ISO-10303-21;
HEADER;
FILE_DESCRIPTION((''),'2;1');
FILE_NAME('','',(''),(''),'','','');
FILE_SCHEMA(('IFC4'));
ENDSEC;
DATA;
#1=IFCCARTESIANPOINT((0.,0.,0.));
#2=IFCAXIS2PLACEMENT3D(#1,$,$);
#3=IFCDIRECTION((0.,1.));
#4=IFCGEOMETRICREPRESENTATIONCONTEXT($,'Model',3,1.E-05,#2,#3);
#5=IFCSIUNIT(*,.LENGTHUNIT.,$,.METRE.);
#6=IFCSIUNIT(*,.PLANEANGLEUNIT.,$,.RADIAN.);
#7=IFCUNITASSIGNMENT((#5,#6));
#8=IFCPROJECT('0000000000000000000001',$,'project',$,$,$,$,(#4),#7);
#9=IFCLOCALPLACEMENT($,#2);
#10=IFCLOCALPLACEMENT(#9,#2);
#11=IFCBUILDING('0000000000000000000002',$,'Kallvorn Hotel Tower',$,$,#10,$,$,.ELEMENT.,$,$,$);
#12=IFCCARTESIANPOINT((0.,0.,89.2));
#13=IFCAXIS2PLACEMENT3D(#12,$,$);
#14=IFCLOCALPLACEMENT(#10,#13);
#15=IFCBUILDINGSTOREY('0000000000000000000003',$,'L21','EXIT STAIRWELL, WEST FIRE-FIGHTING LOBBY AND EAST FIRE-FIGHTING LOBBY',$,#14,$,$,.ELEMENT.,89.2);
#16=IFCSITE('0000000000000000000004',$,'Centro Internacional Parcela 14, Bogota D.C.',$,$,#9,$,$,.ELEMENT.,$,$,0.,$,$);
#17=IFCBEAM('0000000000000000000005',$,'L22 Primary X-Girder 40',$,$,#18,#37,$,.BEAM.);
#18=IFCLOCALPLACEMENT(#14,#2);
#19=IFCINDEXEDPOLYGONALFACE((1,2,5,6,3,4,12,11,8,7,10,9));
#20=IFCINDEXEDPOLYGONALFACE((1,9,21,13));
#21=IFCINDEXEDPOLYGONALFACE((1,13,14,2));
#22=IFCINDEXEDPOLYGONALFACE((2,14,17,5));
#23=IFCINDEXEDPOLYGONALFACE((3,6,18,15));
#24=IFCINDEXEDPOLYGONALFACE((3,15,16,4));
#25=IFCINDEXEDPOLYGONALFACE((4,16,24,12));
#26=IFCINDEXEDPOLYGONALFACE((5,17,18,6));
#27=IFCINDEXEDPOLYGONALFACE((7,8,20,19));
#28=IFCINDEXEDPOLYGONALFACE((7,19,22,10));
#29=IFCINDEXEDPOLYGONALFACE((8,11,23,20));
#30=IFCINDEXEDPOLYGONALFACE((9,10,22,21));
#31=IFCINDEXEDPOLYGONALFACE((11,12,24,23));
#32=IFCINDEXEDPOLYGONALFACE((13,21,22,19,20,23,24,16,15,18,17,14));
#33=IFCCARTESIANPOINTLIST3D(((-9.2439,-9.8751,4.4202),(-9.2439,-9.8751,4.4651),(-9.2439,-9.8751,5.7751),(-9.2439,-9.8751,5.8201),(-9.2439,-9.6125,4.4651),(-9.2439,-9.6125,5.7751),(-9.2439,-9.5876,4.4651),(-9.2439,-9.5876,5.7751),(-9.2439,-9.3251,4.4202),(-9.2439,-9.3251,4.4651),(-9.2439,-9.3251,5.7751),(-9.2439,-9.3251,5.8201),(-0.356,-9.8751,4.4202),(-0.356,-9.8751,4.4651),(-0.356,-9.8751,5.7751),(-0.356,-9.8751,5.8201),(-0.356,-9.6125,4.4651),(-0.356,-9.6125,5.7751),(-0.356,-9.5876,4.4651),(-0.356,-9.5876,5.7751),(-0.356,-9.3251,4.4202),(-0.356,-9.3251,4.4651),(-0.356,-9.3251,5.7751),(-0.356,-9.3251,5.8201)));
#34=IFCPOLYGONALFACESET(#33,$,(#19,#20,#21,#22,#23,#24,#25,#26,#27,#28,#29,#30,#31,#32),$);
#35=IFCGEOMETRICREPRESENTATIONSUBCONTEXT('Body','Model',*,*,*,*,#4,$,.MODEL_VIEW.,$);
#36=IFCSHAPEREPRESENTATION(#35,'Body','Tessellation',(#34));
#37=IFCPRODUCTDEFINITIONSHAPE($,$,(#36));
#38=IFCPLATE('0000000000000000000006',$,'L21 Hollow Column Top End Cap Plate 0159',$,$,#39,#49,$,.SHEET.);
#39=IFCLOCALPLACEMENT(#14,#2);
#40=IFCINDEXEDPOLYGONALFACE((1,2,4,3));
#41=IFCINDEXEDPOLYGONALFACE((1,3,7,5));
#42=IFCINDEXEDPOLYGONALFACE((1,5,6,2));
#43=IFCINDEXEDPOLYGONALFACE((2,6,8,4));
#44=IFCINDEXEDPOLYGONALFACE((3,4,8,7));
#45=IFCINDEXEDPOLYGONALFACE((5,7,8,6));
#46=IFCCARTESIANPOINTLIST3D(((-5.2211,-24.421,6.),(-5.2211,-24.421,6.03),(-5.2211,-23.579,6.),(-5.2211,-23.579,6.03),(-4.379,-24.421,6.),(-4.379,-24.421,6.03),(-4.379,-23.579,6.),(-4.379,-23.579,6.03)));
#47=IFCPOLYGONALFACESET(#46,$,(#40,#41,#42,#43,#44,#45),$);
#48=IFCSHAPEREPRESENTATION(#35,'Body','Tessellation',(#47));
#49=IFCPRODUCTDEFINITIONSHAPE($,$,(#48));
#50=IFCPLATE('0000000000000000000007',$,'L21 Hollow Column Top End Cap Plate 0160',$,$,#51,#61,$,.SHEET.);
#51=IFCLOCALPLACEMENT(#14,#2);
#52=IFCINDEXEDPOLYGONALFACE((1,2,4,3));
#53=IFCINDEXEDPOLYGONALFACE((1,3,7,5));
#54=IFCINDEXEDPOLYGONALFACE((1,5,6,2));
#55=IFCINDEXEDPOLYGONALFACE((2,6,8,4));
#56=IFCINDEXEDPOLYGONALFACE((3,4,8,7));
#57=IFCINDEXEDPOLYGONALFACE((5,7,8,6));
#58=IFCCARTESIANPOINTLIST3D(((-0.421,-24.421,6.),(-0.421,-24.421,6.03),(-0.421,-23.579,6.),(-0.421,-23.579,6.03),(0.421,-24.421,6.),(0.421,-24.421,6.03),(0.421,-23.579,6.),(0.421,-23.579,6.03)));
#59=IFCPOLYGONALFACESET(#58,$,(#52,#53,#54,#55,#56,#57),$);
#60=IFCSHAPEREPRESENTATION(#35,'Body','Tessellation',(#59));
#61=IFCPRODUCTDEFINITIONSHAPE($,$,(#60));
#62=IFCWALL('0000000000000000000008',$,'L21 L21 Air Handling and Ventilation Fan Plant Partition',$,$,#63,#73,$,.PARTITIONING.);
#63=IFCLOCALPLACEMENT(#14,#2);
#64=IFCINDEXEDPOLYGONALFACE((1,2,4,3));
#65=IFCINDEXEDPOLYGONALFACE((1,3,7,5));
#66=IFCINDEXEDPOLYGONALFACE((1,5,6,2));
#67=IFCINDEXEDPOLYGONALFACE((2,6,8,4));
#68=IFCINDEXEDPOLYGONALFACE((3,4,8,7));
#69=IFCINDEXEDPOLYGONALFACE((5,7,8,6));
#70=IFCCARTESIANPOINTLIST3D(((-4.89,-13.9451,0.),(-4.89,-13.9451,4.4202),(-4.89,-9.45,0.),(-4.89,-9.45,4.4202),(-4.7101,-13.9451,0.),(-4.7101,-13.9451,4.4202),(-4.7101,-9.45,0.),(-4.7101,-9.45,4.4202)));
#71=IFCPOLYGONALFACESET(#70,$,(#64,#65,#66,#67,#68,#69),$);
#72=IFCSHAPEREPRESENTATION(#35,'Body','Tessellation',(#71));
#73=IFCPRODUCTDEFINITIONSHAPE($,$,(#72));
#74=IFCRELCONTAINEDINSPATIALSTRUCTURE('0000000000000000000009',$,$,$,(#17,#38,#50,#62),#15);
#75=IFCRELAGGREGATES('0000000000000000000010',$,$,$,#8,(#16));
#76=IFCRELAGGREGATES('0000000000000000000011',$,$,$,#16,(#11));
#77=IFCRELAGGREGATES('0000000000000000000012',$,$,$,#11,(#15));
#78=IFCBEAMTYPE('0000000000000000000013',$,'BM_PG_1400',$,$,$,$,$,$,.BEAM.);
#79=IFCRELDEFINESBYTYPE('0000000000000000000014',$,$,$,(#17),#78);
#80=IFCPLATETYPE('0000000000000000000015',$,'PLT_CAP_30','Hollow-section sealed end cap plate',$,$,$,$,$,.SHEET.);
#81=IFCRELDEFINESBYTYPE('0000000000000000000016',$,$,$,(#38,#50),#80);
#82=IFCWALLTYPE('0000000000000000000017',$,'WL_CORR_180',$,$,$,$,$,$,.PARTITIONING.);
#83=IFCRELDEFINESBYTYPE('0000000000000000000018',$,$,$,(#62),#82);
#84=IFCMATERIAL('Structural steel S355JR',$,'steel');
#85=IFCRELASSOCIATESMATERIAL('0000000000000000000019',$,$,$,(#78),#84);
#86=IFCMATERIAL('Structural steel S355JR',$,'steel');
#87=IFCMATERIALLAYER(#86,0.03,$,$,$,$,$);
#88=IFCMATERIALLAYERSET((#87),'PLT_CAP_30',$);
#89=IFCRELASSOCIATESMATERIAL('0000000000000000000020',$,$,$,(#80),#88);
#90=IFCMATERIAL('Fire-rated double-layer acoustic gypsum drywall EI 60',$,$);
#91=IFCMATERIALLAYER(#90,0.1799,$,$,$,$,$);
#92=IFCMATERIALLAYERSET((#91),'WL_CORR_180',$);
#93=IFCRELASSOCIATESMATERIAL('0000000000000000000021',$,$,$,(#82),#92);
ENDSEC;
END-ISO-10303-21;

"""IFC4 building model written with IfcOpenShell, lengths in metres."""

from ifc_helpers import new_model, si_unit, direction, frame, frame_2d, origin, origin_2d, place, context, subcontext, project, spatial, rectangle, i_section, extrude, material, layer, layer_set, material_profile, profile_set, type_object, element, save


model = new_model("IFC4")

# Units and contexts
model_context = context("Model", 3, precision=1e-05, world=origin(), true_north=direction((0.0, 1.0)))
body_context = subcontext(model_context, "Body", "Model", "MODEL_VIEW")
ifc_project = project(units=[si_unit("LENGTHUNIT", "METRE"), si_unit("PLANEANGLEUNIT", "RADIAN")], contexts=[model_context])

# Site, building, storey
site_placement = place(None, origin())
site = spatial("IfcSite", under=ifc_project, at=site_placement, Name="Centro Internacional Parcela 14, Bogota D.C.", CompositionType="ELEMENT", RefElevation=0.0)
building_placement = place(site_placement, origin())
building = spatial("IfcBuilding", under=site, at=building_placement, Name="Kallvorn Hotel Tower", CompositionType="ELEMENT")
storey_placement = place(building_placement, frame((0.0, 0.0, 89.2)))
storey = spatial("IfcBuildingStorey", under=building, at=storey_placement, Name="L21", Description="EXIT STAIRWELL, WEST FIRE-FIGHTING LOBBY AND EAST FIRE-FIGHTING LOBBY", CompositionType="ELEMENT", Elevation=89.2)

# Beam
ifc_material_1 = material(Name="Structural steel S355JR", Category="steel")
ifc_material_profile_1 = material_profile(ifc_material_1, i_section(OverallWidth=0.55, OverallDepth=1.3999, WebThickness=0.0249, FlangeThickness=0.0449, at=origin_2d()), Name="PG 1400x550x25x45")
ifc_profile_set_1 = profile_set([ifc_material_profile_1], Name="Structural steel S355JR")
beam_type_1 = type_object("IfcBeamType", Name="BM_PG_1400", PredefinedType="BEAM", material=ifc_profile_set_1)
beam_1_placement = place(storey_placement, frame((-9.2439, -9.6001, 5.1201), z_axis=(1.0, 0.0, 0.0), x_axis=(0.0, 1.0, 0.0)))
element("IfcBeam", 1, at=beam_1_placement, inside=storey, type_object=beam_type_1, Name="L22 Primary X-Girder 40", PredefinedType="BEAM", context=body_context, shape_type="SweptSolid", body=[
    extrude(i_section(OverallWidth=0.55, OverallDepth=1.3999, WebThickness=0.0249, FlangeThickness=0.0449, at=origin_2d()), origin(), (0.0, 0.0, 1.0), 8.8879),
])

# Plates
ifc_material_2 = material(Name="Structural steel S355JR", Category="steel")
ifc_layer_1 = layer(ifc_material_2, 0.03)
ifc_layer_set_1 = layer_set([ifc_layer_1], Name="PLT_CAP_30")
plate_type = type_object("IfcPlateType", Name="PLT_CAP_30", Description="Hollow-section sealed end cap plate", PredefinedType="SHEET", material=ifc_layer_set_1)
for number, where, z_axis, x_axis, name in (
    (2, (-4.8, -24.0, 6.0), (0.0, 0.0, 1.0), (1.0, 0.0, 0.0), "L21 Hollow Column Top End Cap Plate 0159"),
    (3, (0.0, -24.0, 6.0), (0.0, 0.0, 1.0), (1.0, 0.0, 0.0), "L21 Hollow Column Top End Cap Plate 0160"),
):
    element("IfcPlate", number, at=place(storey_placement, frame(where, z_axis=z_axis, x_axis=x_axis)), inside=storey, type_object=plate_type, Name=name, PredefinedType="SHEET", context=body_context, shape_type="SweptSolid", body=[
        extrude(rectangle(XDim=0.842, YDim=0.842, at=origin_2d()), origin(), (0.0, 0.0, 1.0), 0.03),
    ])

# Wall
ifc_material_3 = material(Name="Fire-rated double-layer acoustic gypsum drywall EI 60")
ifc_layer_2 = layer(ifc_material_3, 0.1799)
ifc_layer_set_2 = layer_set([ifc_layer_2], Name="WL_CORR_180")
wall_type = type_object("IfcWallType", Name="WL_CORR_180", PredefinedType="PARTITIONING", material=ifc_layer_set_2)
wall_placement = place(storey_placement, frame((-4.8, -13.9451, 0.0), z_axis=(0.0, 0.0, 1.0), x_axis=(0.0, 1.0, 0.0)))
element("IfcWall", 4, at=wall_placement, inside=storey, type_object=wall_type, Name="L21 L21 Air Handling and Ventilation Fan Plant Partition", PredefinedType="PARTITIONING", context=body_context, shape_type="SweptSolid", body=[
    extrude(rectangle(XDim=4.4951, YDim=0.1799, at=frame_2d((2.2476, 0.0))), origin(), (0.0, 0.0, 1.0), 4.4202),
])

save(model, "model.ifc")
